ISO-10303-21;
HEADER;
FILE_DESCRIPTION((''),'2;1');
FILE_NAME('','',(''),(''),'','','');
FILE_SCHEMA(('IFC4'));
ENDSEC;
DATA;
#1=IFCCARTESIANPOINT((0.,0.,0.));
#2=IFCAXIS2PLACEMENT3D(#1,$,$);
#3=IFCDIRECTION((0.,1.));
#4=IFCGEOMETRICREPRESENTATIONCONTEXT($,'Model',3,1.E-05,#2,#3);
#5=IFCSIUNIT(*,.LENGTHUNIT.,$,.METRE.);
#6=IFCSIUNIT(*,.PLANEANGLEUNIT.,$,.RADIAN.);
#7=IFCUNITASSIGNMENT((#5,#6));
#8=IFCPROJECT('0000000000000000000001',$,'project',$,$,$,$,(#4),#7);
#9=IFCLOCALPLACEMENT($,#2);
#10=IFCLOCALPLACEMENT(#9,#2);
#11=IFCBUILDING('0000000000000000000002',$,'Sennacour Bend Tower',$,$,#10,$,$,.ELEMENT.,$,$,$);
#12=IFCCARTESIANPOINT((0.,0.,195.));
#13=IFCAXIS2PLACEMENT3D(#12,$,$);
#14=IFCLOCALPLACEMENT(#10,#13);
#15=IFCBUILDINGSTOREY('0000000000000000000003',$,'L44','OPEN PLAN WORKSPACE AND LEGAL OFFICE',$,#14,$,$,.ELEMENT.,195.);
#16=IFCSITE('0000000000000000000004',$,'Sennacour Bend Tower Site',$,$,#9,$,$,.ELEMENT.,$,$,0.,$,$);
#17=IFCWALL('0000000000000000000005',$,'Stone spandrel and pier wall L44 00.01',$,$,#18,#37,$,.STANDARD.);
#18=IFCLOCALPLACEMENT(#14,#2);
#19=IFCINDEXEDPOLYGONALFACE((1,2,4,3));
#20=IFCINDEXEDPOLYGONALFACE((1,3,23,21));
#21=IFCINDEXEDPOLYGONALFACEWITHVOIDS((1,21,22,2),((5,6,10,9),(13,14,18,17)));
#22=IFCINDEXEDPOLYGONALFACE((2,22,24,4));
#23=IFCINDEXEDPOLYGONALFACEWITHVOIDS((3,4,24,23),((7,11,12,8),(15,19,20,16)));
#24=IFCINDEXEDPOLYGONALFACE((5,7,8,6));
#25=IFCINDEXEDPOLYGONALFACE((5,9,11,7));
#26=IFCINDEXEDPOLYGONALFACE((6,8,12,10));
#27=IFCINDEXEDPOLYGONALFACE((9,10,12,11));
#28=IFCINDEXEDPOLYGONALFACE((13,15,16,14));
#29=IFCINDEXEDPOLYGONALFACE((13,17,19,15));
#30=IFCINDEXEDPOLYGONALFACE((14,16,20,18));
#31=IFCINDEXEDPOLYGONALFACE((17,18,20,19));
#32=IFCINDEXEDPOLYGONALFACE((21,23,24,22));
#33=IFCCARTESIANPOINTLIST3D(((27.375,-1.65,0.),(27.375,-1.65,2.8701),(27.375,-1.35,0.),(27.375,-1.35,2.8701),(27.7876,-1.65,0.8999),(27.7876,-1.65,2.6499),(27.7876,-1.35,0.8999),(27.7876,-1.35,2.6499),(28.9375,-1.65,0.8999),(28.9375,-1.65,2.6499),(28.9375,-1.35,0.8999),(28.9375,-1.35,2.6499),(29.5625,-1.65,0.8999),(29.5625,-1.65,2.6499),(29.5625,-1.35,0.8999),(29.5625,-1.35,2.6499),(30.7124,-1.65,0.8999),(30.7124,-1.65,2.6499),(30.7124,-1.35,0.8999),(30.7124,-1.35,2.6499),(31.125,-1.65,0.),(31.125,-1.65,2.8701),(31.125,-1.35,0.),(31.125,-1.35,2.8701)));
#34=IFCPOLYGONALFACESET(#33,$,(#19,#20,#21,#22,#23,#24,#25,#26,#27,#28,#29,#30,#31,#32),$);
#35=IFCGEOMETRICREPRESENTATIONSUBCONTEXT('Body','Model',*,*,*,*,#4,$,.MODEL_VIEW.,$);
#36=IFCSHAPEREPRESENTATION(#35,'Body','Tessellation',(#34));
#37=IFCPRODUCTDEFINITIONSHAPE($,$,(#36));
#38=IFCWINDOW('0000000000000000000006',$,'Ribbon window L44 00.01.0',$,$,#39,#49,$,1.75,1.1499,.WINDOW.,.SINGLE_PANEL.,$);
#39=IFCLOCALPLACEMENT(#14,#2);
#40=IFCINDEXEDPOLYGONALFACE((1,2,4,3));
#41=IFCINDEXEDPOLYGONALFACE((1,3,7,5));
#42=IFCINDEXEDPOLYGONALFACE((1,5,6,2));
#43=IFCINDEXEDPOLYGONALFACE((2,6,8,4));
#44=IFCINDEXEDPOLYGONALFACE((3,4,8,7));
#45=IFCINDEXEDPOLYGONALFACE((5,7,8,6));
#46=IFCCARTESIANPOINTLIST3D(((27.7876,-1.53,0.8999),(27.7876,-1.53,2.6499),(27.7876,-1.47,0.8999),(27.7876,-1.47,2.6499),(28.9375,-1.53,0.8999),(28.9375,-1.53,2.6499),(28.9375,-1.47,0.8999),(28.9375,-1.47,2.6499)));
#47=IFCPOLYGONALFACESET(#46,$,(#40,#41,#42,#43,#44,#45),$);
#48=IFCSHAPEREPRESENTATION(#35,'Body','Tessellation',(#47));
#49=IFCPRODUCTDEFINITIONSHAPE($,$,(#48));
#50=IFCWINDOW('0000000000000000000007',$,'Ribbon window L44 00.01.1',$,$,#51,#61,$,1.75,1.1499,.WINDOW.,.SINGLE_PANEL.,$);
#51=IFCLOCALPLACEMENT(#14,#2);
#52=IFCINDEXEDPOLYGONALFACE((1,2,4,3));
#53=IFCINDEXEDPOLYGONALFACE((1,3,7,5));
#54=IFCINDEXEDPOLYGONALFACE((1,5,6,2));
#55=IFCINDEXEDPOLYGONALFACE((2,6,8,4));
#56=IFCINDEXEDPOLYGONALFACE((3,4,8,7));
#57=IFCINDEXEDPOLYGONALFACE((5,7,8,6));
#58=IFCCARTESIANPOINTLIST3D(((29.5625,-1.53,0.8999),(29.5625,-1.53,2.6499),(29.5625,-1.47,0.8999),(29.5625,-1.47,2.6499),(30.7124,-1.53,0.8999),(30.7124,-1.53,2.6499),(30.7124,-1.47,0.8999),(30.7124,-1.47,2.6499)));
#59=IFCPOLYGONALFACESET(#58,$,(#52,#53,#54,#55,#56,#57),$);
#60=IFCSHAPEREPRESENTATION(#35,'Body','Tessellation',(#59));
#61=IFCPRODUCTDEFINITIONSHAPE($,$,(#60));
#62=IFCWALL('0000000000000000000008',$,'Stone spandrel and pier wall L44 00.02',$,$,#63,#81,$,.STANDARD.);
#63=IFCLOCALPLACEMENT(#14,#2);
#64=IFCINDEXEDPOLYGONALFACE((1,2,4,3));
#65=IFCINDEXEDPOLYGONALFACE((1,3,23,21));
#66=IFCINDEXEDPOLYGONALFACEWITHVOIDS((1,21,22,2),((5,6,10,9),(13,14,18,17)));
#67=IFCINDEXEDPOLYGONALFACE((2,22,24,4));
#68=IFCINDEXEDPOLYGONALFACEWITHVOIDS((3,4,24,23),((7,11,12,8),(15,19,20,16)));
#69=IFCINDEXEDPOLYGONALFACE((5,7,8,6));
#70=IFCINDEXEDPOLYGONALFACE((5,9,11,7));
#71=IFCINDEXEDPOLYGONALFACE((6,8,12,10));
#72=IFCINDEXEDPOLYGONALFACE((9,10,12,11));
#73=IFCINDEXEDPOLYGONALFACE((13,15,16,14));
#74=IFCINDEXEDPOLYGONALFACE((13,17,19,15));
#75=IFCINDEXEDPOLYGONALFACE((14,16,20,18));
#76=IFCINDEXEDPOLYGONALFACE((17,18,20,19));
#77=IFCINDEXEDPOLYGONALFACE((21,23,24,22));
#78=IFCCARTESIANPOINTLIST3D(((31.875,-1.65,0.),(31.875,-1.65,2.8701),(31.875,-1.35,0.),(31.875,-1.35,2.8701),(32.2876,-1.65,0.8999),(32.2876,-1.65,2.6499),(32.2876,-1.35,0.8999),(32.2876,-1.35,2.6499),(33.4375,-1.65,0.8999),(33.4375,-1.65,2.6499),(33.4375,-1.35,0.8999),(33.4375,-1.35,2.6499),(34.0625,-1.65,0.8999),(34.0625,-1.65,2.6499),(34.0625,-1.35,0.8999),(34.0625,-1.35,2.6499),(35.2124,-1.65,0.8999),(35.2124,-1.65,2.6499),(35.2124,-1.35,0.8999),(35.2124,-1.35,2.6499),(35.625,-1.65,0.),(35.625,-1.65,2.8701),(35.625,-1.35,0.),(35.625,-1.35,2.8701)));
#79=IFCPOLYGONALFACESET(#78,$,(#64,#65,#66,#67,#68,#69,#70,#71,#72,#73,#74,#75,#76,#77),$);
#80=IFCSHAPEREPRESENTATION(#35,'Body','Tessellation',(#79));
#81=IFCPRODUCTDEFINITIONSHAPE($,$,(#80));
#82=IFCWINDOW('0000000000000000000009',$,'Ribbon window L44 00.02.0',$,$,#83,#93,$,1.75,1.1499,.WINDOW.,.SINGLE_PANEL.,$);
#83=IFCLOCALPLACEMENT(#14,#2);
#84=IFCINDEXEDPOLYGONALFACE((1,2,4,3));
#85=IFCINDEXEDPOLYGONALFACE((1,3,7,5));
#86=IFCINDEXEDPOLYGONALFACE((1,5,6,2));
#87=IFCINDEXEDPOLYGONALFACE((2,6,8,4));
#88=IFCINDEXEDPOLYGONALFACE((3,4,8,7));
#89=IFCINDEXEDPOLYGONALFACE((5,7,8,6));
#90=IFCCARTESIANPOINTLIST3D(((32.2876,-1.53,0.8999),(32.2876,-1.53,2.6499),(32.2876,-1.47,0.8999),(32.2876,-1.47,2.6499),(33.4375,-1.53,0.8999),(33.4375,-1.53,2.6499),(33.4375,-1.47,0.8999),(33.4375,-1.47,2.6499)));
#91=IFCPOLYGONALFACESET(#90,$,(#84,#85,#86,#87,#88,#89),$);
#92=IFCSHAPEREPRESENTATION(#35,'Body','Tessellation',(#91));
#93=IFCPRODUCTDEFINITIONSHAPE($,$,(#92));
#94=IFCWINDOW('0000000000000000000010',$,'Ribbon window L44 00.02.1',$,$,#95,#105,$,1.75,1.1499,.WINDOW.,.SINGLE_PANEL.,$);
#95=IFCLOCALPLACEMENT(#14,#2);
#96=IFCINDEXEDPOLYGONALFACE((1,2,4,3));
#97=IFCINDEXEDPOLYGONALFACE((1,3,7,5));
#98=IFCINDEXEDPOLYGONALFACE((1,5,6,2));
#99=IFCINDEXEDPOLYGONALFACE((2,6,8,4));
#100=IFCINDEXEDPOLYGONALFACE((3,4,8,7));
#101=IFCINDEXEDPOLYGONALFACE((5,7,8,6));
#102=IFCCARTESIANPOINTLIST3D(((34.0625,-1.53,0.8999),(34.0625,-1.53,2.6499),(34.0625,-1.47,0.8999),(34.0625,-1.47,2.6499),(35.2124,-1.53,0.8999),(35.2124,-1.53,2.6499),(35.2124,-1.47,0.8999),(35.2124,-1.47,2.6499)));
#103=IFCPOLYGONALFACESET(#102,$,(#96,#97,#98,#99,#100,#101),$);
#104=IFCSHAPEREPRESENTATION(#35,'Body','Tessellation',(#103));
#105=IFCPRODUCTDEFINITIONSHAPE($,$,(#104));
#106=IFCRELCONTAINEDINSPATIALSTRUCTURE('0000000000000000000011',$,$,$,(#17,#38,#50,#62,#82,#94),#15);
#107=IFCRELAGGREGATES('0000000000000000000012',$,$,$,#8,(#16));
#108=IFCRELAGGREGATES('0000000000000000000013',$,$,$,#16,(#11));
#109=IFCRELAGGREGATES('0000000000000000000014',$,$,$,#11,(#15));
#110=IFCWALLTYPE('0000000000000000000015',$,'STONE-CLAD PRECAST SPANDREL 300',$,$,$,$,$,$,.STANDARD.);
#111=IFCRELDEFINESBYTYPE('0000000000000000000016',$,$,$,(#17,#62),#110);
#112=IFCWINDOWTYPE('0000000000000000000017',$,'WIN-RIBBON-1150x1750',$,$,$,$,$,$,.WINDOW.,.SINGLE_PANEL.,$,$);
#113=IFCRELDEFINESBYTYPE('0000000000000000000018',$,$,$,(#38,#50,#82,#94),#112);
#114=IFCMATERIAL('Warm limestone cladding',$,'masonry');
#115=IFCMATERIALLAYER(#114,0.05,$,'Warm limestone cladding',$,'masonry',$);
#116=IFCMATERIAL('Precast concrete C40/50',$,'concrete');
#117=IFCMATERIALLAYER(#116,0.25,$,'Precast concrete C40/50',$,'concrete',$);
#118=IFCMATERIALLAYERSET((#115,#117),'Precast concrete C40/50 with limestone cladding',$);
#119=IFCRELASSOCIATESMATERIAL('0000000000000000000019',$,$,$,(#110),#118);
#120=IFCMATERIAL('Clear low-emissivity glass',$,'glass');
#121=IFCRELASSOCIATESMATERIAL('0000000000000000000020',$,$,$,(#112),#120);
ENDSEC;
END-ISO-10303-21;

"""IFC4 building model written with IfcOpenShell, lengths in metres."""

from ifc_helpers import new_model, si_unit, direction, frame, frame_2d, origin, place, context, subcontext, project, spatial, rectangle, extrude, material, layer, layer_set, type_object, element, fill, save


model = new_model("IFC4")

# Units and contexts
model_context = context("Model", 3, precision=1e-05, world=origin(), true_north=direction((0.0, 1.0)))
body_context = subcontext(model_context, "Body", "Model", "MODEL_VIEW")
ifc_project = project(units=[si_unit("LENGTHUNIT", "METRE"), si_unit("PLANEANGLEUNIT", "RADIAN")], contexts=[model_context])

# Site, building, storey
site_placement = place(None, origin())
site = spatial("IfcSite", under=ifc_project, at=site_placement, Name="Sennacour Bend Tower Site", CompositionType="ELEMENT", RefElevation=0.0)
building_placement = place(site_placement, origin())
building = spatial("IfcBuilding", under=site, at=building_placement, Name="Sennacour Bend Tower", CompositionType="ELEMENT")
storey_placement = place(building_placement, frame((0.0, 0.0, 195.0)))
storey = spatial("IfcBuildingStorey", under=building, at=storey_placement, Name="L44", Description="OPEN PLAN WORKSPACE AND LEGAL OFFICE", CompositionType="ELEMENT", Elevation=195.0)

# Walls, openings, windows
ifc_material_1 = material(Name="Warm limestone cladding", Category="masonry")
ifc_layer_1 = layer(ifc_material_1, 0.05, Name="Warm limestone cladding", Category="masonry")
ifc_material_2 = material(Name="Precast concrete C40/50", Category="concrete")
ifc_layer_2 = layer(ifc_material_2, 0.25, Name="Precast concrete C40/50", Category="concrete")
ifc_layer_set_1 = layer_set([ifc_layer_1, ifc_layer_2], Name="Precast concrete C40/50 with limestone cladding")
wall_type_1 = type_object("IfcWallType", Name="STONE-CLAD PRECAST SPANDREL 300", PredefinedType="STANDARD", material=ifc_layer_set_1)
wall_1_placement = place(storey_placement, frame((27.375, -1.5, 0.0), z_axis=(0.0, 0.0, 1.0), x_axis=(1.0, 0.0, 0.0)))
wall_1 = element("IfcWall", 1, at=wall_1_placement, inside=storey, type_object=wall_type_1, Name="Stone spandrel and pier wall L44 00.01", PredefinedType="STANDARD", context=body_context, shape_type="SweptSolid", body=[
    extrude(rectangle(XDim=3.75, YDim=0.3, at=frame_2d((1.875, 0.0))), origin(), (0.0, 0.0, 1.0), 2.8701),
])
opening_1_placement = place(wall_1_placement, frame((0.4126, 0.0, 0.8999)))
opening_1 = element("IfcOpeningElement", 2, at=opening_1_placement, cuts=wall_1, PredefinedType="OPENING", context=body_context, shape_type="SweptSolid", body=[
    extrude(rectangle(XDim=1.1499, YDim=1.75, at=frame_2d((0.575, 0.875))), frame((0.0, 0.1602, 0.0), z_axis=(0.0, -1.0, 0.0), x_axis=(1.0, 0.0, 0.0)), (0.0, 0.0, 1.0), 0.3201),
])
opening_2_placement = place(wall_1_placement, frame((2.1875, 0.0, 0.8999)))
opening_2 = element("IfcOpeningElement", 3, at=opening_2_placement, cuts=wall_1, PredefinedType="OPENING", context=body_context, shape_type="SweptSolid", body=[
    extrude(rectangle(XDim=1.1499, YDim=1.75, at=frame_2d((0.575, 0.875))), frame((0.0, 0.1602, 0.0), z_axis=(0.0, -1.0, 0.0), x_axis=(1.0, 0.0, 0.0)), (0.0, 0.0, 1.0), 0.3201),
])
ifc_material_3 = material(Name="Clear low-emissivity glass", Category="glass")
window_type = type_object("IfcWindowType", Name="WIN-RIBBON-1150x1750", PartitioningType="SINGLE_PANEL", PredefinedType="WINDOW", material=ifc_material_3)
window_1_placement = place(opening_1_placement, origin())
window_1 = element("IfcWindow", 4, at=window_1_placement, inside=storey, type_object=window_type, Name="Ribbon window L44 00.01.0", OverallHeight=1.75, OverallWidth=1.1499, PartitioningType="SINGLE_PANEL", PredefinedType="WINDOW", context=body_context, shape_type="SweptSolid", body=[
    extrude(rectangle(XDim=1.1499, YDim=1.75, at=frame_2d((0.575, 0.875))), frame((0.0, 0.03, 0.0), z_axis=(0.0, -1.0, 0.0), x_axis=(1.0, 0.0, 0.0)), (0.0, 0.0, 1.0), 0.0601),
])
fill(opening_1, window_1)
window_2_placement = place(opening_2_placement, origin())
window_2 = element("IfcWindow", 5, at=window_2_placement, inside=storey, type_object=window_type, Name="Ribbon window L44 00.01.1", OverallHeight=1.75, OverallWidth=1.1499, PartitioningType="SINGLE_PANEL", PredefinedType="WINDOW", context=body_context, shape_type="SweptSolid", body=[
    extrude(rectangle(XDim=1.1499, YDim=1.75, at=frame_2d((0.575, 0.875))), frame((0.0, 0.03, 0.0), z_axis=(0.0, -1.0, 0.0), x_axis=(1.0, 0.0, 0.0)), (0.0, 0.0, 1.0), 0.0601),
])
fill(opening_2, window_2)
wall_2_placement = place(storey_placement, frame((31.875, -1.5, 0.0), z_axis=(0.0, 0.0, 1.0), x_axis=(1.0, 0.0, 0.0)))
wall_2 = element("IfcWall", 6, at=wall_2_placement, inside=storey, type_object=wall_type_1, Name="Stone spandrel and pier wall L44 00.02", PredefinedType="STANDARD", context=body_context, shape_type="SweptSolid", body=[
    extrude(rectangle(XDim=3.75, YDim=0.3, at=frame_2d((1.875, 0.0))), origin(), (0.0, 0.0, 1.0), 2.8701),
])
opening_3_placement = place(wall_2_placement, frame((0.4126, 0.0, 0.8999)))
opening_3 = element("IfcOpeningElement", 7, at=opening_3_placement, cuts=wall_2, PredefinedType="OPENING", context=body_context, shape_type="SweptSolid", body=[
    extrude(rectangle(XDim=1.1499, YDim=1.75, at=frame_2d((0.575, 0.875))), frame((0.0, 0.1602, 0.0), z_axis=(0.0, -1.0, 0.0), x_axis=(1.0, 0.0, 0.0)), (0.0, 0.0, 1.0), 0.3201),
])
opening_4_placement = place(wall_2_placement, frame((2.1875, 0.0, 0.8999)))
opening_4 = element("IfcOpeningElement", 8, at=opening_4_placement, cuts=wall_2, PredefinedType="OPENING", context=body_context, shape_type="SweptSolid", body=[
    extrude(rectangle(XDim=1.1499, YDim=1.75, at=frame_2d((0.575, 0.875))), frame((0.0, 0.1602, 0.0), z_axis=(0.0, -1.0, 0.0), x_axis=(1.0, 0.0, 0.0)), (0.0, 0.0, 1.0), 0.3201),
])
window_3_placement = place(opening_3_placement, origin())
window_3 = element("IfcWindow", 9, at=window_3_placement, inside=storey, type_object=window_type, Name="Ribbon window L44 00.02.0", OverallHeight=1.75, OverallWidth=1.1499, PartitioningType="SINGLE_PANEL", PredefinedType="WINDOW", context=body_context, shape_type="SweptSolid", body=[
    extrude(rectangle(XDim=1.1499, YDim=1.75, at=frame_2d((0.575, 0.875))), frame((0.0, 0.03, 0.0), z_axis=(0.0, -1.0, 0.0), x_axis=(1.0, 0.0, 0.0)), (0.0, 0.0, 1.0), 0.0601),
])
fill(opening_3, window_3)
window_4_placement = place(opening_4_placement, origin())
window_4 = element("IfcWindow", 10, at=window_4_placement, inside=storey, type_object=window_type, Name="Ribbon window L44 00.02.1", OverallHeight=1.75, OverallWidth=1.1499, PartitioningType="SINGLE_PANEL", PredefinedType="WINDOW", context=body_context, shape_type="SweptSolid", body=[
    extrude(rectangle(XDim=1.1499, YDim=1.75, at=frame_2d((0.575, 0.875))), frame((0.0, 0.03, 0.0), z_axis=(0.0, -1.0, 0.0), x_axis=(1.0, 0.0, 0.0)), (0.0, 0.0, 1.0), 0.0601),
])
fill(opening_4, window_4)

save(model, "model.ifc")
